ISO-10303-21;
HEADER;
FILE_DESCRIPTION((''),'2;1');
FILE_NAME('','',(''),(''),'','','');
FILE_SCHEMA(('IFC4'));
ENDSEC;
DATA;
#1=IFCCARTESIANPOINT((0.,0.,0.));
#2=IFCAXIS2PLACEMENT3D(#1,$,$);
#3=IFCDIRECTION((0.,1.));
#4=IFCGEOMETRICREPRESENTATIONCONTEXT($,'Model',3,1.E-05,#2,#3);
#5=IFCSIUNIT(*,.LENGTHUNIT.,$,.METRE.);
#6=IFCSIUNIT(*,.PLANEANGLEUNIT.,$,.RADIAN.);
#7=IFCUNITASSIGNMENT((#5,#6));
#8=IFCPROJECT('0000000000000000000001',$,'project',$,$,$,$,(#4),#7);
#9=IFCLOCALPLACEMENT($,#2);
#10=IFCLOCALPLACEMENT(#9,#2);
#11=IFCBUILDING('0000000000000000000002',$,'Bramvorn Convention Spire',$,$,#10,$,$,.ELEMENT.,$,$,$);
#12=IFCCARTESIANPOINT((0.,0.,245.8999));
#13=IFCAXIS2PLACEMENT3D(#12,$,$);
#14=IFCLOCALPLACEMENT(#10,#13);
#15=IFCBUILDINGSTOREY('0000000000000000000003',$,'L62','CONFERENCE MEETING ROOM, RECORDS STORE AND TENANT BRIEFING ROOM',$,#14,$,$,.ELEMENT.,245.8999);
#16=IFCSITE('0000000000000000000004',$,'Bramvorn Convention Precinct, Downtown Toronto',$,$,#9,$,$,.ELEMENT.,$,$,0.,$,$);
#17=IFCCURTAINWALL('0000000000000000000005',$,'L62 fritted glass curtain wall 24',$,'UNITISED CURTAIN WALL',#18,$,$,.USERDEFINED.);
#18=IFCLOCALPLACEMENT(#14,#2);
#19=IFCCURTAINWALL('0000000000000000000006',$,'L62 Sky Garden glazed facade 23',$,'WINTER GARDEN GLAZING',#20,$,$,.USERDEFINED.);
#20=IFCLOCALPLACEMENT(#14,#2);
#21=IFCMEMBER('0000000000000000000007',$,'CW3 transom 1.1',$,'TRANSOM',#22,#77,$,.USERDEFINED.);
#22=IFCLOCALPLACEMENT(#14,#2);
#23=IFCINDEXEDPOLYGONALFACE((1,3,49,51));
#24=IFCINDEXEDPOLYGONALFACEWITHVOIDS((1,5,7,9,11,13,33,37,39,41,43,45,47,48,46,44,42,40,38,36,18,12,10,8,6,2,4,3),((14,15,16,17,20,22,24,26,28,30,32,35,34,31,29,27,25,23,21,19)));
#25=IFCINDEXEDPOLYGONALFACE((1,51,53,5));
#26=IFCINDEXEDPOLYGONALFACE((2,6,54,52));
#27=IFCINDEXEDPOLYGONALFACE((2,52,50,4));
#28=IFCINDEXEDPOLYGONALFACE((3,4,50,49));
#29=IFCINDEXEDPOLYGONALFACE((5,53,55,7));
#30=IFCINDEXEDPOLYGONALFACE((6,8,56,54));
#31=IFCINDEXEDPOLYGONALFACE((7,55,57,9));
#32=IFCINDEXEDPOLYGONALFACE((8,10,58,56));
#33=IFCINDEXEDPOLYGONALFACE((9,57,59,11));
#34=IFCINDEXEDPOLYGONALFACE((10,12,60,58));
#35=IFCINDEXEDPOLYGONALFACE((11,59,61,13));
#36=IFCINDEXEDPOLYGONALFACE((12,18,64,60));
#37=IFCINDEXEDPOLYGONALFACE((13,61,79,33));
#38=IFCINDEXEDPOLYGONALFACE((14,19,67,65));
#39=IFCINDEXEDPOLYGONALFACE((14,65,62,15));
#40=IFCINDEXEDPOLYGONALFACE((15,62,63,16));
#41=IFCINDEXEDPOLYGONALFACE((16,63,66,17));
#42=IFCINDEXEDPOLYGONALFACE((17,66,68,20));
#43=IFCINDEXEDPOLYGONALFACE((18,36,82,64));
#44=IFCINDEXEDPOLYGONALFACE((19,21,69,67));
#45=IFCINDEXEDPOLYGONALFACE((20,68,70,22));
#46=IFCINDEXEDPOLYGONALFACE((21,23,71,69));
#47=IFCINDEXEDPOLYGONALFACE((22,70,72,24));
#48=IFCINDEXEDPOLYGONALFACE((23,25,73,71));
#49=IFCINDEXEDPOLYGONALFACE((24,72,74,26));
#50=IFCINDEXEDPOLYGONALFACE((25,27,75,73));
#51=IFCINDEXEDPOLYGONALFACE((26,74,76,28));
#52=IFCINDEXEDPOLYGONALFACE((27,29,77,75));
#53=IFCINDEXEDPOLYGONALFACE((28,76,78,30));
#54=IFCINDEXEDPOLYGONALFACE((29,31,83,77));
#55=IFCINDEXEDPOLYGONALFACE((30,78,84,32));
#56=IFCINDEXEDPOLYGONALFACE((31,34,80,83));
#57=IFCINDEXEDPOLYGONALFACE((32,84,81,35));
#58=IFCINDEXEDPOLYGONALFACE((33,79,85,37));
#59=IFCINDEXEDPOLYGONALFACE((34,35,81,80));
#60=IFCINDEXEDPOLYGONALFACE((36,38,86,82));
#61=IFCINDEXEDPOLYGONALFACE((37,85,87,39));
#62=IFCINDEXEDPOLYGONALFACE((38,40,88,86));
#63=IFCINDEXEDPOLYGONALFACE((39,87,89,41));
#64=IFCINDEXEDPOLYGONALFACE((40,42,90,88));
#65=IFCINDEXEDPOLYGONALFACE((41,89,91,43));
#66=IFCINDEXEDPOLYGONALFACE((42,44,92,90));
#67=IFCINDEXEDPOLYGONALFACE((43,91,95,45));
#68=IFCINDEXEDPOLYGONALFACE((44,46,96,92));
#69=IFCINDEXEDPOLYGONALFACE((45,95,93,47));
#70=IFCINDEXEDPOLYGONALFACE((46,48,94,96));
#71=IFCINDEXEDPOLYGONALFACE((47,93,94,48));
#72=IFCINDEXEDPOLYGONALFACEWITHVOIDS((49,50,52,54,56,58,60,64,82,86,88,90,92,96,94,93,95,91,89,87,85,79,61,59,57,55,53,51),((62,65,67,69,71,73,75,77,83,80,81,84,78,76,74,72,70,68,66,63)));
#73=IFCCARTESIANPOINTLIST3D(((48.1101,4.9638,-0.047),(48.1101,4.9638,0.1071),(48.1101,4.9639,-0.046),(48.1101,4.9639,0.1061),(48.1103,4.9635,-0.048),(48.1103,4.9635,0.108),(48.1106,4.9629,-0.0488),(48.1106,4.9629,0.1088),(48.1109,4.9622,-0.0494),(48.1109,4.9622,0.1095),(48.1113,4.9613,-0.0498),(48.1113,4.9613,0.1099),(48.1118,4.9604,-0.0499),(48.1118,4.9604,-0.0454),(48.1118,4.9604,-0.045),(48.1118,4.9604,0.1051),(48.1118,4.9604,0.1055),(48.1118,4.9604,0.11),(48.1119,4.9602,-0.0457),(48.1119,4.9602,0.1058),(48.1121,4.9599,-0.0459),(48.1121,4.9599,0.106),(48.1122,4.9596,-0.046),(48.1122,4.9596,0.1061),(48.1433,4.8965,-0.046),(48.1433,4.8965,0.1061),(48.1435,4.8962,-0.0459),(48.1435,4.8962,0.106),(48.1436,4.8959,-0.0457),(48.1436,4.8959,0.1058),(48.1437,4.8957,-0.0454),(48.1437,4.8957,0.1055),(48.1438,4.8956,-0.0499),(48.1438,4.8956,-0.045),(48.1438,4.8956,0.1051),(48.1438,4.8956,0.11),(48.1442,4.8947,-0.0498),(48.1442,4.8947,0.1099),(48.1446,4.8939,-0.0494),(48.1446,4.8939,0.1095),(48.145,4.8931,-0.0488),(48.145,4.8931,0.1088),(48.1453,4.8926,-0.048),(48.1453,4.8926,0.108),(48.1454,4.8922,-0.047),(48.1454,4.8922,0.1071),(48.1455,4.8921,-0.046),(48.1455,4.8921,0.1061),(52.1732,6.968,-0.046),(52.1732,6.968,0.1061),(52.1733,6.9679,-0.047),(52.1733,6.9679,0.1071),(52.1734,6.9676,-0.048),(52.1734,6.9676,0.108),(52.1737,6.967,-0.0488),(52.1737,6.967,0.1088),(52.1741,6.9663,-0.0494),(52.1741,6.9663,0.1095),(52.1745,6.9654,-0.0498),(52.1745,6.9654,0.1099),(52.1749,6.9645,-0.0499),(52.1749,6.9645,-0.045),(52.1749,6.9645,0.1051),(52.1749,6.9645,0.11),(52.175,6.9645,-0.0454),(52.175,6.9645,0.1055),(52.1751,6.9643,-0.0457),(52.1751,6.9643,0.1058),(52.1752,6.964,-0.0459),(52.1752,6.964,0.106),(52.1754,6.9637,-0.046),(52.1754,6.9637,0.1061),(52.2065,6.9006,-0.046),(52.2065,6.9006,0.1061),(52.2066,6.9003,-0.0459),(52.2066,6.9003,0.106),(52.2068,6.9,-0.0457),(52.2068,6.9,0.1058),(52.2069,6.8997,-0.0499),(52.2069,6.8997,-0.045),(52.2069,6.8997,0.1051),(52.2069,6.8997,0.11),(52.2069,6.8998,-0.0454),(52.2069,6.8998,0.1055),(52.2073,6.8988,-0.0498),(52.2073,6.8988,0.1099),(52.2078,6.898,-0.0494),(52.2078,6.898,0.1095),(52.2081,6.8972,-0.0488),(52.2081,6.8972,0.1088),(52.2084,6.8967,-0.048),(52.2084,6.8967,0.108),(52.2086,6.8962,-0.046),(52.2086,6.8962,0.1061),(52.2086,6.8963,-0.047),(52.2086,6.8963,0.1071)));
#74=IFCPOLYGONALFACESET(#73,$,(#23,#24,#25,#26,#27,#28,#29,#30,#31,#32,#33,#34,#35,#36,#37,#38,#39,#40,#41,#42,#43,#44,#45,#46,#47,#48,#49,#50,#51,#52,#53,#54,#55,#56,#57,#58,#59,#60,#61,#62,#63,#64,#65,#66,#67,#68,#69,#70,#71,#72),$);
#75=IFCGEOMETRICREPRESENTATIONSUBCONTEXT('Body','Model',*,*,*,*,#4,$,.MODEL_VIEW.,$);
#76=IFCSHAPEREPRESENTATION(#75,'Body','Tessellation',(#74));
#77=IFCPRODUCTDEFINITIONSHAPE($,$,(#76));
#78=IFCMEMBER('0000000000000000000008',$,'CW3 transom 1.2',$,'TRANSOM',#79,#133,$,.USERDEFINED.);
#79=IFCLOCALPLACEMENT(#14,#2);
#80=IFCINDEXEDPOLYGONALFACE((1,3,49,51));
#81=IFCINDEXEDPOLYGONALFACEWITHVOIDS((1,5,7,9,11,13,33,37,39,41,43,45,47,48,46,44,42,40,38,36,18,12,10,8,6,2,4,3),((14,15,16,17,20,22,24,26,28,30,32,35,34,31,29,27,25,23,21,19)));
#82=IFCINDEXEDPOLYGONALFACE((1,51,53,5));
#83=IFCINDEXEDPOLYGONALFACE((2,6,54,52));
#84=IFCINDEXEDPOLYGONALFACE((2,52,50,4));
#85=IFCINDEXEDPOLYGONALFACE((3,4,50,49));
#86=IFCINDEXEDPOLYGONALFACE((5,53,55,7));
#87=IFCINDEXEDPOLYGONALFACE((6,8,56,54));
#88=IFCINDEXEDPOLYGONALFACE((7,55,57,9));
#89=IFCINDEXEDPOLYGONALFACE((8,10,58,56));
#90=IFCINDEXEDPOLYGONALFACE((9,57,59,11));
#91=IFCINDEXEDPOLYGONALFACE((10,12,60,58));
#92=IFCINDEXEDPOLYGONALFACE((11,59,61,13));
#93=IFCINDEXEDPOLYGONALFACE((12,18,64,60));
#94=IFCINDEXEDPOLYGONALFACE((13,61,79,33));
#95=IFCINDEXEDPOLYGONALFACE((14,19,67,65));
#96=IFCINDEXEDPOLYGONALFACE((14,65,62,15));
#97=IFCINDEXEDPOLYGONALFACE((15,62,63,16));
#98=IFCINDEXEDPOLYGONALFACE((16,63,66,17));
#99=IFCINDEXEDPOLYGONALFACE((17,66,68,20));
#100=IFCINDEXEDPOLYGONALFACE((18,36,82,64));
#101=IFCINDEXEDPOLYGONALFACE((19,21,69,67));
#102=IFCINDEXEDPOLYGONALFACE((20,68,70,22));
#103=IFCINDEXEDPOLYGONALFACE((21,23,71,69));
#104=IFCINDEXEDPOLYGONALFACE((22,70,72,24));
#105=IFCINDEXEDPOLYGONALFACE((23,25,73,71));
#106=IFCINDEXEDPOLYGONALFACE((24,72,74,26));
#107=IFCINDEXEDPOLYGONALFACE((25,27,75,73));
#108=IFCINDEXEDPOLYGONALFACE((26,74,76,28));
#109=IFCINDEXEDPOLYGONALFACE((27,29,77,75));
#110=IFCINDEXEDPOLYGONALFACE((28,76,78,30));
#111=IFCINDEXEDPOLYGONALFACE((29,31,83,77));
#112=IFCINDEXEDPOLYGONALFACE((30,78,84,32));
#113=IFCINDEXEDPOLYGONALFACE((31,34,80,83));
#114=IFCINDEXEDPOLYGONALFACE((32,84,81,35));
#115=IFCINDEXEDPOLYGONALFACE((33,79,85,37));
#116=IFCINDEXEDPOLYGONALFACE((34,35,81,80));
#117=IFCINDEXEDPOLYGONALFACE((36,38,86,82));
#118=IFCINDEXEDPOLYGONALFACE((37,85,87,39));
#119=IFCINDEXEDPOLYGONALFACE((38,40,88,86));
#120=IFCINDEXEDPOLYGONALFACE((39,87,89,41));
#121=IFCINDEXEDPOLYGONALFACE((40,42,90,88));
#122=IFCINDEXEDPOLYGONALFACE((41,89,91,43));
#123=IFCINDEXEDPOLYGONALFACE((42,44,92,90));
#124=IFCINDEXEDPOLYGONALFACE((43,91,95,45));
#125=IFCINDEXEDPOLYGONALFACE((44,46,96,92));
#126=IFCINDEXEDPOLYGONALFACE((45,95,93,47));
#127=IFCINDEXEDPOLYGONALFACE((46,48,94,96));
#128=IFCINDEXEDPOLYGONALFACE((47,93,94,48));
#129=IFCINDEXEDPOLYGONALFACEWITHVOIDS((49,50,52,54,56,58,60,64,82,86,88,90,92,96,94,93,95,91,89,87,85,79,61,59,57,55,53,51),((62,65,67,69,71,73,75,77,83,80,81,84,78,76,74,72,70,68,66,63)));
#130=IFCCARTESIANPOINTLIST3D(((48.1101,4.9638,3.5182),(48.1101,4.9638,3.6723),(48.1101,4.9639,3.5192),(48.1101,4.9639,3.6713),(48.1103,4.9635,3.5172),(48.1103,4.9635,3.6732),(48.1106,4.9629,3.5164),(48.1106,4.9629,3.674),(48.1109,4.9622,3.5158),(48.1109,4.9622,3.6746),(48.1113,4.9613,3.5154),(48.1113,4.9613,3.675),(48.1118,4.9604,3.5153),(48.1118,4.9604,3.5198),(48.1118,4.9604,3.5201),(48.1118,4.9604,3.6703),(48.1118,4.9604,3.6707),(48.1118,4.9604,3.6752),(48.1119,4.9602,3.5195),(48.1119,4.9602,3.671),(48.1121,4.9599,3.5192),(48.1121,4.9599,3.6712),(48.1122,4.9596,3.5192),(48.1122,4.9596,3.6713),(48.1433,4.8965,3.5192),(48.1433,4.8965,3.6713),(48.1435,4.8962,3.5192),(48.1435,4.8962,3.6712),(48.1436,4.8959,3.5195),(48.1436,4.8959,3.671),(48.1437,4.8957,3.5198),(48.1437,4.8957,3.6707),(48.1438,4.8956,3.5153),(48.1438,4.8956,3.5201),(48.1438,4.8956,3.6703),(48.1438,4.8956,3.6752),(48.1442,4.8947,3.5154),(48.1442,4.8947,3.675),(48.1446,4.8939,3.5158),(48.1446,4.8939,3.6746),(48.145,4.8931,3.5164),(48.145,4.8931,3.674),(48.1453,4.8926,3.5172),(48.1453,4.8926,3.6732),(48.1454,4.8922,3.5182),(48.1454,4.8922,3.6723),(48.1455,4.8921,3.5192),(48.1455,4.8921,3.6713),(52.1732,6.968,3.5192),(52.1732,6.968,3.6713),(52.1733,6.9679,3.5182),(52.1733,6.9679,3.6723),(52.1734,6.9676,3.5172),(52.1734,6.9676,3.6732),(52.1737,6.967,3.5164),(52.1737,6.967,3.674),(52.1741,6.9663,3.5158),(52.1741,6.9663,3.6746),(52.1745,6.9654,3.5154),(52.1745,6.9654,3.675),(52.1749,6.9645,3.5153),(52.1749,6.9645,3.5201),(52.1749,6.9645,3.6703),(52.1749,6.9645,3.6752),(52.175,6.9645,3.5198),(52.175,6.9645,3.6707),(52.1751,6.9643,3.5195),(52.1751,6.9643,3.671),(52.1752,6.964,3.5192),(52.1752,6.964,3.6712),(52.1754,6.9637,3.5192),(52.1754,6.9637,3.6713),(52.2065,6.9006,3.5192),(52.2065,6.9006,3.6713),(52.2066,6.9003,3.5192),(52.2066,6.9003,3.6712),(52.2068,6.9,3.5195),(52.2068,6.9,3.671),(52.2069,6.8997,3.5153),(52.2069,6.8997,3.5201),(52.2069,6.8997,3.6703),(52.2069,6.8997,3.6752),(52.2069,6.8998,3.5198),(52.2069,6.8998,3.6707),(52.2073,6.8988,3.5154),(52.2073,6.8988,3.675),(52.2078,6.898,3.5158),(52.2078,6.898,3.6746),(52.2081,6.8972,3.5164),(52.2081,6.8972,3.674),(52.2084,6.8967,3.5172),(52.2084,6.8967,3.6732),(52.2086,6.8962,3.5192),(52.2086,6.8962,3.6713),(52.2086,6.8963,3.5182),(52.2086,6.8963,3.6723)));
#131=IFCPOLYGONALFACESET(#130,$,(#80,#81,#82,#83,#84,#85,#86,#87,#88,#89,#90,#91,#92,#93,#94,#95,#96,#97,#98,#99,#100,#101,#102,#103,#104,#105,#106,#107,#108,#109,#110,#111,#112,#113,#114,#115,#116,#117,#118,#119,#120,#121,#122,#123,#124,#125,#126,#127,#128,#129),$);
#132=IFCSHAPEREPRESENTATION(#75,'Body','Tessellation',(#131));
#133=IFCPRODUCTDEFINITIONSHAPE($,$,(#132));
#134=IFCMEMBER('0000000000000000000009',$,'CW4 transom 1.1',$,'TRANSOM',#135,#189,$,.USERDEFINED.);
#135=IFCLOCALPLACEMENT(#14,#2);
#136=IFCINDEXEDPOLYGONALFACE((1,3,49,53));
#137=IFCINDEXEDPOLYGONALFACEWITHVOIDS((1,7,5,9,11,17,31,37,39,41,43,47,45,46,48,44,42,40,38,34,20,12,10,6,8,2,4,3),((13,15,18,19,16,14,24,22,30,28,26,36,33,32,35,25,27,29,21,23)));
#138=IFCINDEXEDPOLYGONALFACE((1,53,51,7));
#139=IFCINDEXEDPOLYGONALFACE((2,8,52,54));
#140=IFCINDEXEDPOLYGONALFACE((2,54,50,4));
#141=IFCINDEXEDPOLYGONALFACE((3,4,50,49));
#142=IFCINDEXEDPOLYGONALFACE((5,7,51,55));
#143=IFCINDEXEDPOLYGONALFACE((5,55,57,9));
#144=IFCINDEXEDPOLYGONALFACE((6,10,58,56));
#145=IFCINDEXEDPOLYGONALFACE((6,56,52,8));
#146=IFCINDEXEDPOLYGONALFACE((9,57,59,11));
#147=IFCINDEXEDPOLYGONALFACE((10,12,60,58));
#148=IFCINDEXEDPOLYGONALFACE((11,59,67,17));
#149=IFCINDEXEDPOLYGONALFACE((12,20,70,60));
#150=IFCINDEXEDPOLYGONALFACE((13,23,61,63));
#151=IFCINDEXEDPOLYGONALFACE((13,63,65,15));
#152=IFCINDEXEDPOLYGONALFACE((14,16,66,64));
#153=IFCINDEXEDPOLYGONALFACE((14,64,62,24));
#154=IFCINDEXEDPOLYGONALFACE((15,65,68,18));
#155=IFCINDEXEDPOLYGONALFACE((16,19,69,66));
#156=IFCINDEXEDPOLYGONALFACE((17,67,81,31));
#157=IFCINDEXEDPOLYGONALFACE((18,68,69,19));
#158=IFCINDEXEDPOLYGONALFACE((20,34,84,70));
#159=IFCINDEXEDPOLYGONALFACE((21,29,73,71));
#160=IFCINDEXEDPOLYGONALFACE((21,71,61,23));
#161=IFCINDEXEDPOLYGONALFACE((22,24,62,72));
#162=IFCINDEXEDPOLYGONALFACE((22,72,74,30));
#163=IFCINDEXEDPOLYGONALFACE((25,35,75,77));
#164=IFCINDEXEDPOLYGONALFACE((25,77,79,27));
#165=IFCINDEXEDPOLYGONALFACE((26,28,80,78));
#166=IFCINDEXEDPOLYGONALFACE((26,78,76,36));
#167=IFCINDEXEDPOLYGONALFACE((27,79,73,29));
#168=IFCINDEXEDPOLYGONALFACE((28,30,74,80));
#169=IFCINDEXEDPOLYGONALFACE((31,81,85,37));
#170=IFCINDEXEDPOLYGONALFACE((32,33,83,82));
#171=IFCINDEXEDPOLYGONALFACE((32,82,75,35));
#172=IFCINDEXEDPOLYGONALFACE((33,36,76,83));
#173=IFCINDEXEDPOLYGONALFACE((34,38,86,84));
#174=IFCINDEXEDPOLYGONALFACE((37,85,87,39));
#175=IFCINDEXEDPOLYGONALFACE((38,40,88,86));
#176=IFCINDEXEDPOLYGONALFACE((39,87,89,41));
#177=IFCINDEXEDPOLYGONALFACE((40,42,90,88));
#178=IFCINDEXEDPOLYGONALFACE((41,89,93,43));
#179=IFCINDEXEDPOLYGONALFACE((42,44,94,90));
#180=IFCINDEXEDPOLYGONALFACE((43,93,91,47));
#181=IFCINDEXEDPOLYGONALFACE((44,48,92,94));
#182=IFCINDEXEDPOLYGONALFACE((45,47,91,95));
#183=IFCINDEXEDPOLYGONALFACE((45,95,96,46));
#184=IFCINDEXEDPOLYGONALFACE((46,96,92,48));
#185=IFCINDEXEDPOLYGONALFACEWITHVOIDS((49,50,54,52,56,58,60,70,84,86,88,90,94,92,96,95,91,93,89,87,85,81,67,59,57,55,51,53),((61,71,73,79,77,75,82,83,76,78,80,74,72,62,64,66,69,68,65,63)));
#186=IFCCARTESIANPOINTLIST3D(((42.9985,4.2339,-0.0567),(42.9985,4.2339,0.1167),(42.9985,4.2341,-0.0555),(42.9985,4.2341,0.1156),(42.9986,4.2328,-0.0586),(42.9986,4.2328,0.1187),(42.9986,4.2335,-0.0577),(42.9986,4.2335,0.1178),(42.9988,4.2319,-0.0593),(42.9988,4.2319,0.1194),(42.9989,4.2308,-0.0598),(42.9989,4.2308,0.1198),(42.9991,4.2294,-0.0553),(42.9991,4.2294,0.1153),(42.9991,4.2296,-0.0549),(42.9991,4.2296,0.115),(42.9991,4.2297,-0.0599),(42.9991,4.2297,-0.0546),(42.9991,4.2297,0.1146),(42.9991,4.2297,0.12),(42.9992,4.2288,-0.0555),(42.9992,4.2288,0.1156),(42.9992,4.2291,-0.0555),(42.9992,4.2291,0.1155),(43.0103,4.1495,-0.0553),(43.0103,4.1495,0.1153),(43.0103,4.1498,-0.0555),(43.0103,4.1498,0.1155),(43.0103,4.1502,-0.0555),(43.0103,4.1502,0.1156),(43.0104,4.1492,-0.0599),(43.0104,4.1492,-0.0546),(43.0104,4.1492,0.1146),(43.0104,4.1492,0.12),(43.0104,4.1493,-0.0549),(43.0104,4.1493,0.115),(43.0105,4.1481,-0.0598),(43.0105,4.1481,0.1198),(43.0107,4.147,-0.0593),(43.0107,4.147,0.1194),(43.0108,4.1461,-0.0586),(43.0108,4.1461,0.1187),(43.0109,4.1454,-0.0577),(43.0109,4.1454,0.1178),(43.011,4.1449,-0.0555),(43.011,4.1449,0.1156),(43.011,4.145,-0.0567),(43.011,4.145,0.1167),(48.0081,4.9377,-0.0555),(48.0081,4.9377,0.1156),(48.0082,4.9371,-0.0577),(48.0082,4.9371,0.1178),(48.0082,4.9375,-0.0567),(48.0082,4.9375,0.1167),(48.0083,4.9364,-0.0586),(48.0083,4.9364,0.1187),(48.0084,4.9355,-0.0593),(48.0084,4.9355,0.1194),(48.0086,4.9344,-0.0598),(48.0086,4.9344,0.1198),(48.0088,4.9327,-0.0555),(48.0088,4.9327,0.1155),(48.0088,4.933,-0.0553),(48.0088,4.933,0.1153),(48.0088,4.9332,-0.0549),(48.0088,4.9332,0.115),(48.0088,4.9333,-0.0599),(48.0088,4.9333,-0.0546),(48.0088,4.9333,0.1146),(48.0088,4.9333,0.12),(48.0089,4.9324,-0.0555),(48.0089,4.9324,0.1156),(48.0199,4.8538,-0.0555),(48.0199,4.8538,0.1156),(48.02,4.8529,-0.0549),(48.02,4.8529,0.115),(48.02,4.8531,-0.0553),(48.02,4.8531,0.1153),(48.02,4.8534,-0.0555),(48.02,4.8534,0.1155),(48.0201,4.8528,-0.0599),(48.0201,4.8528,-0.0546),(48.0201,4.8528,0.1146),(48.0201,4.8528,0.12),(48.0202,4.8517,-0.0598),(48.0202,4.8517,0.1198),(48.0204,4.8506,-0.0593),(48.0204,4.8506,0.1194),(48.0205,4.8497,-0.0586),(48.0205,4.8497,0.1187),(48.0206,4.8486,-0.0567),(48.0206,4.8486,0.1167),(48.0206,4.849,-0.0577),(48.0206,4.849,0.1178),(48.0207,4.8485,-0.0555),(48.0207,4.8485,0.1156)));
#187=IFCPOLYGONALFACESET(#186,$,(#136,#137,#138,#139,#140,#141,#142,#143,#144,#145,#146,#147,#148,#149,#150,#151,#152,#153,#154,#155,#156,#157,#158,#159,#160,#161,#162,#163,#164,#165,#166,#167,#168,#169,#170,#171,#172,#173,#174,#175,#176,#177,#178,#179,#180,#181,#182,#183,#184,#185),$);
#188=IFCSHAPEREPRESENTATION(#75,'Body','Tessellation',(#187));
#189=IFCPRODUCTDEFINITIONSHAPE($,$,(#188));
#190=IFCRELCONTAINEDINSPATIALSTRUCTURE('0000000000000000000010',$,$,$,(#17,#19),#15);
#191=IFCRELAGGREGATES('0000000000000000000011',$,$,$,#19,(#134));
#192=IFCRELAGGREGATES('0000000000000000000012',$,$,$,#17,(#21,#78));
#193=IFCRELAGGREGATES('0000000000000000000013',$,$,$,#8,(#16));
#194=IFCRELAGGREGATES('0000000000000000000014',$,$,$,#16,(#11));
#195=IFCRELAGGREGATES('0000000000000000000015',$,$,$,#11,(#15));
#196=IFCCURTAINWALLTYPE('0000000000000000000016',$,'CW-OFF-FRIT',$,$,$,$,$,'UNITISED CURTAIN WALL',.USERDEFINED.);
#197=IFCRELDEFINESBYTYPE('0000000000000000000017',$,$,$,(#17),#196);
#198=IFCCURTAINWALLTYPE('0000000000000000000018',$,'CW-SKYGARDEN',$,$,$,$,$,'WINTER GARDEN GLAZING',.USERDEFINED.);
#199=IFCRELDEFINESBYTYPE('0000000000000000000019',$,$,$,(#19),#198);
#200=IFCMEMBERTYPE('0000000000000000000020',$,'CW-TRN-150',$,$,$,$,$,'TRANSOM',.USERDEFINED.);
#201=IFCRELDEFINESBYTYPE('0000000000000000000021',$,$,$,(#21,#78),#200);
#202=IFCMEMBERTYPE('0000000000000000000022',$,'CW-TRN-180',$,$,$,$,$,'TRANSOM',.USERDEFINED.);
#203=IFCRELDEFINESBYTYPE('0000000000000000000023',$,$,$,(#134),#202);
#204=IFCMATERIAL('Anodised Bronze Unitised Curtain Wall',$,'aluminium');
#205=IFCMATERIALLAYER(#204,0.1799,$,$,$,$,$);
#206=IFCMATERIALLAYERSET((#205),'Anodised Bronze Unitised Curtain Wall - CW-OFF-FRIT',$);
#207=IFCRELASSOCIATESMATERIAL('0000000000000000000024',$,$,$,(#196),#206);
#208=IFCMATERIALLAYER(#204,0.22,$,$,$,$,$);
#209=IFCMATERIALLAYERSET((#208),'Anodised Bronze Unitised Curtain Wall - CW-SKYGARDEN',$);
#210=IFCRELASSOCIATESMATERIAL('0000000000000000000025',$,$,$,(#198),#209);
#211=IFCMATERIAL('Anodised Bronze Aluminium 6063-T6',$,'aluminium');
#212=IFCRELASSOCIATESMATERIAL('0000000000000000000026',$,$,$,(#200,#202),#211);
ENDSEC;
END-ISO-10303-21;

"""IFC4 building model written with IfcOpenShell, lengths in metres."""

from ifc_helpers import new_model, si_unit, direction, frame, origin, origin_2d, place, context, subcontext, project, spatial, hollow_rectangle, extrude, material, layer, layer_set, material_profile, profile_set, type_object, element, aggregate, save


model = new_model("IFC4")

# Units and contexts
model_context = context("Model", 3, precision=1e-05, world=origin(), true_north=direction((0.0, 1.0)))
body_context = subcontext(model_context, "Body", "Model", "MODEL_VIEW")
ifc_project = project(units=[si_unit("LENGTHUNIT", "METRE"), si_unit("PLANEANGLEUNIT", "RADIAN")], contexts=[model_context])

# Site, building, storey
site_placement = place(None, origin())
site = spatial("IfcSite", under=ifc_project, at=site_placement, Name="Bramvorn Convention Precinct, Downtown Toronto", CompositionType="ELEMENT", RefElevation=0.0)
building_placement = place(site_placement, origin())
building = spatial("IfcBuilding", under=site, at=building_placement, Name="Bramvorn Convention Spire", CompositionType="ELEMENT")
storey_placement = place(building_placement, frame((0.0, 0.0, 245.8999)))
storey = spatial("IfcBuildingStorey", under=building, at=storey_placement, Name="L62", Description="CONFERENCE MEETING ROOM, RECORDS STORE AND TENANT BRIEFING ROOM", CompositionType="ELEMENT", Elevation=245.8999)

# Curtain wall
ifc_material_1 = material(Name="Anodised Bronze Unitised Curtain Wall", Category="aluminium")
ifc_layer_1 = layer(ifc_material_1, 0.1799)
ifc_layer_set_1 = layer_set([ifc_layer_1], Name="Anodised Bronze Unitised Curtain Wall - CW-OFF-FRIT")
curtain_wall_type_1 = type_object("IfcCurtainWallType", Name="CW-OFF-FRIT", ElementType="UNITISED CURTAIN WALL", PredefinedType="USERDEFINED", material=ifc_layer_set_1)
curtain_wall_1_placement = place(storey_placement, origin())
curtain_wall_1 = element("IfcCurtainWall", 1, at=curtain_wall_1_placement, inside=storey, type_object=curtain_wall_type_1, Name="L62 fritted glass curtain wall 24", ObjectType="UNITISED CURTAIN WALL", PredefinedType="USERDEFINED")
ifc_material_2 = material(Name="Anodised Bronze Aluminium 6063-T6", Category="aluminium")

# Curtain wall
ifc_layer_2 = layer(ifc_material_1, 0.22)
ifc_layer_set_2 = layer_set([ifc_layer_2], Name="Anodised Bronze Unitised Curtain Wall - CW-SKYGARDEN")
curtain_wall_type_2 = type_object("IfcCurtainWallType", Name="CW-SKYGARDEN", ElementType="WINTER GARDEN GLAZING", PredefinedType="USERDEFINED", material=ifc_layer_set_2)
curtain_wall_2_placement = place(storey_placement, origin())
curtain_wall_2 = element("IfcCurtainWall", 2, at=curtain_wall_2_placement, inside=storey, type_object=curtain_wall_type_2, Name="L62 Sky Garden glazed facade 23", ObjectType="WINTER GARDEN GLAZING", PredefinedType="USERDEFINED")

# Members
ifc_material_profile_1 = material_profile(ifc_material_2, hollow_rectangle(XDim=0.0801, YDim=0.1599, WallThickness=0.0039, InnerFilletRadius=0.001, OuterFilletRadius=0.0039, at=origin_2d()))
ifc_profile_set_1 = profile_set([ifc_material_profile_1], Name="Anodised Bronze Aluminium 6063-T6 - CWT80X160")
member_type_1 = type_object("IfcMemberType", Name="CW-TRN-150", ElementType="TRANSOM", PredefinedType="USERDEFINED", material=ifc_profile_set_1)
member_1_placement = place(storey_placement, frame((52.1909, 6.9321, 0.03), z_axis=(-0.896839, -0.442357, 0.0), x_axis=(0.442357, -0.896839, 0.0)))
member_1 = element("IfcMember", 3, at=member_1_placement, type_object=member_type_1, Name="CW3 transom 1.1", ObjectType="TRANSOM", PredefinedType="USERDEFINED", context=body_context, shape_type="SweptSolid", body=[
    extrude(hollow_rectangle(XDim=0.0801, YDim=0.1599, WallThickness=0.0039, InnerFilletRadius=0.001, OuterFilletRadius=0.0039, at=origin_2d()), origin(), (0.0, 0.0, 1.0), 4.5305),
])
member_2_placement = place(storey_placement, frame((52.1909, 6.9321, 3.5952), z_axis=(-0.896839, -0.442357, 0.0), x_axis=(0.442357, -0.896839, 0.0)))
member_2 = element("IfcMember", 4, at=member_2_placement, type_object=member_type_1, Name="CW3 transom 1.2", ObjectType="TRANSOM", PredefinedType="USERDEFINED", context=body_context, shape_type="SweptSolid", body=[
    extrude(hollow_rectangle(XDim=0.0801, YDim=0.1599, WallThickness=0.0039, InnerFilletRadius=0.001, OuterFilletRadius=0.0039, at=origin_2d()), origin(), (0.0, 0.0, 1.0), 4.5305),
])
ifc_material_profile_2 = material_profile(ifc_material_2, hollow_rectangle(XDim=0.0901, YDim=0.1799, WallThickness=0.0044, InnerFilletRadius=0.001, OuterFilletRadius=0.0044, at=origin_2d()))
ifc_profile_set_2 = profile_set([ifc_material_profile_2], Name="Anodised Bronze Aluminium 6063-T6 - CWT90X180")
member_type_2 = type_object("IfcMemberType", Name="CW-TRN-180", ElementType="TRANSOM", PredefinedType="USERDEFINED", material=ifc_profile_set_2)
member_3_placement = place(storey_placement, frame((48.0144, 4.8931, 0.03), z_axis=(-0.990281, -0.139083, 0.0), x_axis=(0.139083, -0.990281, 0.0)))
member_3 = element("IfcMember", 5, at=member_3_placement, type_object=member_type_2, Name="CW4 transom 1.1", ObjectType="TRANSOM", PredefinedType="USERDEFINED", context=body_context, shape_type="SweptSolid", body=[
    extrude(hollow_rectangle(XDim=0.0901, YDim=0.1799, WallThickness=0.0044, InnerFilletRadius=0.001, OuterFilletRadius=0.0044, at=origin_2d()), origin(), (0.0, 0.0, 1.0), 5.0588),
])
aggregate(curtain_wall_2, [member_3])

aggregate(curtain_wall_1, [member_1, member_2])

save(model, "model.ifc")
